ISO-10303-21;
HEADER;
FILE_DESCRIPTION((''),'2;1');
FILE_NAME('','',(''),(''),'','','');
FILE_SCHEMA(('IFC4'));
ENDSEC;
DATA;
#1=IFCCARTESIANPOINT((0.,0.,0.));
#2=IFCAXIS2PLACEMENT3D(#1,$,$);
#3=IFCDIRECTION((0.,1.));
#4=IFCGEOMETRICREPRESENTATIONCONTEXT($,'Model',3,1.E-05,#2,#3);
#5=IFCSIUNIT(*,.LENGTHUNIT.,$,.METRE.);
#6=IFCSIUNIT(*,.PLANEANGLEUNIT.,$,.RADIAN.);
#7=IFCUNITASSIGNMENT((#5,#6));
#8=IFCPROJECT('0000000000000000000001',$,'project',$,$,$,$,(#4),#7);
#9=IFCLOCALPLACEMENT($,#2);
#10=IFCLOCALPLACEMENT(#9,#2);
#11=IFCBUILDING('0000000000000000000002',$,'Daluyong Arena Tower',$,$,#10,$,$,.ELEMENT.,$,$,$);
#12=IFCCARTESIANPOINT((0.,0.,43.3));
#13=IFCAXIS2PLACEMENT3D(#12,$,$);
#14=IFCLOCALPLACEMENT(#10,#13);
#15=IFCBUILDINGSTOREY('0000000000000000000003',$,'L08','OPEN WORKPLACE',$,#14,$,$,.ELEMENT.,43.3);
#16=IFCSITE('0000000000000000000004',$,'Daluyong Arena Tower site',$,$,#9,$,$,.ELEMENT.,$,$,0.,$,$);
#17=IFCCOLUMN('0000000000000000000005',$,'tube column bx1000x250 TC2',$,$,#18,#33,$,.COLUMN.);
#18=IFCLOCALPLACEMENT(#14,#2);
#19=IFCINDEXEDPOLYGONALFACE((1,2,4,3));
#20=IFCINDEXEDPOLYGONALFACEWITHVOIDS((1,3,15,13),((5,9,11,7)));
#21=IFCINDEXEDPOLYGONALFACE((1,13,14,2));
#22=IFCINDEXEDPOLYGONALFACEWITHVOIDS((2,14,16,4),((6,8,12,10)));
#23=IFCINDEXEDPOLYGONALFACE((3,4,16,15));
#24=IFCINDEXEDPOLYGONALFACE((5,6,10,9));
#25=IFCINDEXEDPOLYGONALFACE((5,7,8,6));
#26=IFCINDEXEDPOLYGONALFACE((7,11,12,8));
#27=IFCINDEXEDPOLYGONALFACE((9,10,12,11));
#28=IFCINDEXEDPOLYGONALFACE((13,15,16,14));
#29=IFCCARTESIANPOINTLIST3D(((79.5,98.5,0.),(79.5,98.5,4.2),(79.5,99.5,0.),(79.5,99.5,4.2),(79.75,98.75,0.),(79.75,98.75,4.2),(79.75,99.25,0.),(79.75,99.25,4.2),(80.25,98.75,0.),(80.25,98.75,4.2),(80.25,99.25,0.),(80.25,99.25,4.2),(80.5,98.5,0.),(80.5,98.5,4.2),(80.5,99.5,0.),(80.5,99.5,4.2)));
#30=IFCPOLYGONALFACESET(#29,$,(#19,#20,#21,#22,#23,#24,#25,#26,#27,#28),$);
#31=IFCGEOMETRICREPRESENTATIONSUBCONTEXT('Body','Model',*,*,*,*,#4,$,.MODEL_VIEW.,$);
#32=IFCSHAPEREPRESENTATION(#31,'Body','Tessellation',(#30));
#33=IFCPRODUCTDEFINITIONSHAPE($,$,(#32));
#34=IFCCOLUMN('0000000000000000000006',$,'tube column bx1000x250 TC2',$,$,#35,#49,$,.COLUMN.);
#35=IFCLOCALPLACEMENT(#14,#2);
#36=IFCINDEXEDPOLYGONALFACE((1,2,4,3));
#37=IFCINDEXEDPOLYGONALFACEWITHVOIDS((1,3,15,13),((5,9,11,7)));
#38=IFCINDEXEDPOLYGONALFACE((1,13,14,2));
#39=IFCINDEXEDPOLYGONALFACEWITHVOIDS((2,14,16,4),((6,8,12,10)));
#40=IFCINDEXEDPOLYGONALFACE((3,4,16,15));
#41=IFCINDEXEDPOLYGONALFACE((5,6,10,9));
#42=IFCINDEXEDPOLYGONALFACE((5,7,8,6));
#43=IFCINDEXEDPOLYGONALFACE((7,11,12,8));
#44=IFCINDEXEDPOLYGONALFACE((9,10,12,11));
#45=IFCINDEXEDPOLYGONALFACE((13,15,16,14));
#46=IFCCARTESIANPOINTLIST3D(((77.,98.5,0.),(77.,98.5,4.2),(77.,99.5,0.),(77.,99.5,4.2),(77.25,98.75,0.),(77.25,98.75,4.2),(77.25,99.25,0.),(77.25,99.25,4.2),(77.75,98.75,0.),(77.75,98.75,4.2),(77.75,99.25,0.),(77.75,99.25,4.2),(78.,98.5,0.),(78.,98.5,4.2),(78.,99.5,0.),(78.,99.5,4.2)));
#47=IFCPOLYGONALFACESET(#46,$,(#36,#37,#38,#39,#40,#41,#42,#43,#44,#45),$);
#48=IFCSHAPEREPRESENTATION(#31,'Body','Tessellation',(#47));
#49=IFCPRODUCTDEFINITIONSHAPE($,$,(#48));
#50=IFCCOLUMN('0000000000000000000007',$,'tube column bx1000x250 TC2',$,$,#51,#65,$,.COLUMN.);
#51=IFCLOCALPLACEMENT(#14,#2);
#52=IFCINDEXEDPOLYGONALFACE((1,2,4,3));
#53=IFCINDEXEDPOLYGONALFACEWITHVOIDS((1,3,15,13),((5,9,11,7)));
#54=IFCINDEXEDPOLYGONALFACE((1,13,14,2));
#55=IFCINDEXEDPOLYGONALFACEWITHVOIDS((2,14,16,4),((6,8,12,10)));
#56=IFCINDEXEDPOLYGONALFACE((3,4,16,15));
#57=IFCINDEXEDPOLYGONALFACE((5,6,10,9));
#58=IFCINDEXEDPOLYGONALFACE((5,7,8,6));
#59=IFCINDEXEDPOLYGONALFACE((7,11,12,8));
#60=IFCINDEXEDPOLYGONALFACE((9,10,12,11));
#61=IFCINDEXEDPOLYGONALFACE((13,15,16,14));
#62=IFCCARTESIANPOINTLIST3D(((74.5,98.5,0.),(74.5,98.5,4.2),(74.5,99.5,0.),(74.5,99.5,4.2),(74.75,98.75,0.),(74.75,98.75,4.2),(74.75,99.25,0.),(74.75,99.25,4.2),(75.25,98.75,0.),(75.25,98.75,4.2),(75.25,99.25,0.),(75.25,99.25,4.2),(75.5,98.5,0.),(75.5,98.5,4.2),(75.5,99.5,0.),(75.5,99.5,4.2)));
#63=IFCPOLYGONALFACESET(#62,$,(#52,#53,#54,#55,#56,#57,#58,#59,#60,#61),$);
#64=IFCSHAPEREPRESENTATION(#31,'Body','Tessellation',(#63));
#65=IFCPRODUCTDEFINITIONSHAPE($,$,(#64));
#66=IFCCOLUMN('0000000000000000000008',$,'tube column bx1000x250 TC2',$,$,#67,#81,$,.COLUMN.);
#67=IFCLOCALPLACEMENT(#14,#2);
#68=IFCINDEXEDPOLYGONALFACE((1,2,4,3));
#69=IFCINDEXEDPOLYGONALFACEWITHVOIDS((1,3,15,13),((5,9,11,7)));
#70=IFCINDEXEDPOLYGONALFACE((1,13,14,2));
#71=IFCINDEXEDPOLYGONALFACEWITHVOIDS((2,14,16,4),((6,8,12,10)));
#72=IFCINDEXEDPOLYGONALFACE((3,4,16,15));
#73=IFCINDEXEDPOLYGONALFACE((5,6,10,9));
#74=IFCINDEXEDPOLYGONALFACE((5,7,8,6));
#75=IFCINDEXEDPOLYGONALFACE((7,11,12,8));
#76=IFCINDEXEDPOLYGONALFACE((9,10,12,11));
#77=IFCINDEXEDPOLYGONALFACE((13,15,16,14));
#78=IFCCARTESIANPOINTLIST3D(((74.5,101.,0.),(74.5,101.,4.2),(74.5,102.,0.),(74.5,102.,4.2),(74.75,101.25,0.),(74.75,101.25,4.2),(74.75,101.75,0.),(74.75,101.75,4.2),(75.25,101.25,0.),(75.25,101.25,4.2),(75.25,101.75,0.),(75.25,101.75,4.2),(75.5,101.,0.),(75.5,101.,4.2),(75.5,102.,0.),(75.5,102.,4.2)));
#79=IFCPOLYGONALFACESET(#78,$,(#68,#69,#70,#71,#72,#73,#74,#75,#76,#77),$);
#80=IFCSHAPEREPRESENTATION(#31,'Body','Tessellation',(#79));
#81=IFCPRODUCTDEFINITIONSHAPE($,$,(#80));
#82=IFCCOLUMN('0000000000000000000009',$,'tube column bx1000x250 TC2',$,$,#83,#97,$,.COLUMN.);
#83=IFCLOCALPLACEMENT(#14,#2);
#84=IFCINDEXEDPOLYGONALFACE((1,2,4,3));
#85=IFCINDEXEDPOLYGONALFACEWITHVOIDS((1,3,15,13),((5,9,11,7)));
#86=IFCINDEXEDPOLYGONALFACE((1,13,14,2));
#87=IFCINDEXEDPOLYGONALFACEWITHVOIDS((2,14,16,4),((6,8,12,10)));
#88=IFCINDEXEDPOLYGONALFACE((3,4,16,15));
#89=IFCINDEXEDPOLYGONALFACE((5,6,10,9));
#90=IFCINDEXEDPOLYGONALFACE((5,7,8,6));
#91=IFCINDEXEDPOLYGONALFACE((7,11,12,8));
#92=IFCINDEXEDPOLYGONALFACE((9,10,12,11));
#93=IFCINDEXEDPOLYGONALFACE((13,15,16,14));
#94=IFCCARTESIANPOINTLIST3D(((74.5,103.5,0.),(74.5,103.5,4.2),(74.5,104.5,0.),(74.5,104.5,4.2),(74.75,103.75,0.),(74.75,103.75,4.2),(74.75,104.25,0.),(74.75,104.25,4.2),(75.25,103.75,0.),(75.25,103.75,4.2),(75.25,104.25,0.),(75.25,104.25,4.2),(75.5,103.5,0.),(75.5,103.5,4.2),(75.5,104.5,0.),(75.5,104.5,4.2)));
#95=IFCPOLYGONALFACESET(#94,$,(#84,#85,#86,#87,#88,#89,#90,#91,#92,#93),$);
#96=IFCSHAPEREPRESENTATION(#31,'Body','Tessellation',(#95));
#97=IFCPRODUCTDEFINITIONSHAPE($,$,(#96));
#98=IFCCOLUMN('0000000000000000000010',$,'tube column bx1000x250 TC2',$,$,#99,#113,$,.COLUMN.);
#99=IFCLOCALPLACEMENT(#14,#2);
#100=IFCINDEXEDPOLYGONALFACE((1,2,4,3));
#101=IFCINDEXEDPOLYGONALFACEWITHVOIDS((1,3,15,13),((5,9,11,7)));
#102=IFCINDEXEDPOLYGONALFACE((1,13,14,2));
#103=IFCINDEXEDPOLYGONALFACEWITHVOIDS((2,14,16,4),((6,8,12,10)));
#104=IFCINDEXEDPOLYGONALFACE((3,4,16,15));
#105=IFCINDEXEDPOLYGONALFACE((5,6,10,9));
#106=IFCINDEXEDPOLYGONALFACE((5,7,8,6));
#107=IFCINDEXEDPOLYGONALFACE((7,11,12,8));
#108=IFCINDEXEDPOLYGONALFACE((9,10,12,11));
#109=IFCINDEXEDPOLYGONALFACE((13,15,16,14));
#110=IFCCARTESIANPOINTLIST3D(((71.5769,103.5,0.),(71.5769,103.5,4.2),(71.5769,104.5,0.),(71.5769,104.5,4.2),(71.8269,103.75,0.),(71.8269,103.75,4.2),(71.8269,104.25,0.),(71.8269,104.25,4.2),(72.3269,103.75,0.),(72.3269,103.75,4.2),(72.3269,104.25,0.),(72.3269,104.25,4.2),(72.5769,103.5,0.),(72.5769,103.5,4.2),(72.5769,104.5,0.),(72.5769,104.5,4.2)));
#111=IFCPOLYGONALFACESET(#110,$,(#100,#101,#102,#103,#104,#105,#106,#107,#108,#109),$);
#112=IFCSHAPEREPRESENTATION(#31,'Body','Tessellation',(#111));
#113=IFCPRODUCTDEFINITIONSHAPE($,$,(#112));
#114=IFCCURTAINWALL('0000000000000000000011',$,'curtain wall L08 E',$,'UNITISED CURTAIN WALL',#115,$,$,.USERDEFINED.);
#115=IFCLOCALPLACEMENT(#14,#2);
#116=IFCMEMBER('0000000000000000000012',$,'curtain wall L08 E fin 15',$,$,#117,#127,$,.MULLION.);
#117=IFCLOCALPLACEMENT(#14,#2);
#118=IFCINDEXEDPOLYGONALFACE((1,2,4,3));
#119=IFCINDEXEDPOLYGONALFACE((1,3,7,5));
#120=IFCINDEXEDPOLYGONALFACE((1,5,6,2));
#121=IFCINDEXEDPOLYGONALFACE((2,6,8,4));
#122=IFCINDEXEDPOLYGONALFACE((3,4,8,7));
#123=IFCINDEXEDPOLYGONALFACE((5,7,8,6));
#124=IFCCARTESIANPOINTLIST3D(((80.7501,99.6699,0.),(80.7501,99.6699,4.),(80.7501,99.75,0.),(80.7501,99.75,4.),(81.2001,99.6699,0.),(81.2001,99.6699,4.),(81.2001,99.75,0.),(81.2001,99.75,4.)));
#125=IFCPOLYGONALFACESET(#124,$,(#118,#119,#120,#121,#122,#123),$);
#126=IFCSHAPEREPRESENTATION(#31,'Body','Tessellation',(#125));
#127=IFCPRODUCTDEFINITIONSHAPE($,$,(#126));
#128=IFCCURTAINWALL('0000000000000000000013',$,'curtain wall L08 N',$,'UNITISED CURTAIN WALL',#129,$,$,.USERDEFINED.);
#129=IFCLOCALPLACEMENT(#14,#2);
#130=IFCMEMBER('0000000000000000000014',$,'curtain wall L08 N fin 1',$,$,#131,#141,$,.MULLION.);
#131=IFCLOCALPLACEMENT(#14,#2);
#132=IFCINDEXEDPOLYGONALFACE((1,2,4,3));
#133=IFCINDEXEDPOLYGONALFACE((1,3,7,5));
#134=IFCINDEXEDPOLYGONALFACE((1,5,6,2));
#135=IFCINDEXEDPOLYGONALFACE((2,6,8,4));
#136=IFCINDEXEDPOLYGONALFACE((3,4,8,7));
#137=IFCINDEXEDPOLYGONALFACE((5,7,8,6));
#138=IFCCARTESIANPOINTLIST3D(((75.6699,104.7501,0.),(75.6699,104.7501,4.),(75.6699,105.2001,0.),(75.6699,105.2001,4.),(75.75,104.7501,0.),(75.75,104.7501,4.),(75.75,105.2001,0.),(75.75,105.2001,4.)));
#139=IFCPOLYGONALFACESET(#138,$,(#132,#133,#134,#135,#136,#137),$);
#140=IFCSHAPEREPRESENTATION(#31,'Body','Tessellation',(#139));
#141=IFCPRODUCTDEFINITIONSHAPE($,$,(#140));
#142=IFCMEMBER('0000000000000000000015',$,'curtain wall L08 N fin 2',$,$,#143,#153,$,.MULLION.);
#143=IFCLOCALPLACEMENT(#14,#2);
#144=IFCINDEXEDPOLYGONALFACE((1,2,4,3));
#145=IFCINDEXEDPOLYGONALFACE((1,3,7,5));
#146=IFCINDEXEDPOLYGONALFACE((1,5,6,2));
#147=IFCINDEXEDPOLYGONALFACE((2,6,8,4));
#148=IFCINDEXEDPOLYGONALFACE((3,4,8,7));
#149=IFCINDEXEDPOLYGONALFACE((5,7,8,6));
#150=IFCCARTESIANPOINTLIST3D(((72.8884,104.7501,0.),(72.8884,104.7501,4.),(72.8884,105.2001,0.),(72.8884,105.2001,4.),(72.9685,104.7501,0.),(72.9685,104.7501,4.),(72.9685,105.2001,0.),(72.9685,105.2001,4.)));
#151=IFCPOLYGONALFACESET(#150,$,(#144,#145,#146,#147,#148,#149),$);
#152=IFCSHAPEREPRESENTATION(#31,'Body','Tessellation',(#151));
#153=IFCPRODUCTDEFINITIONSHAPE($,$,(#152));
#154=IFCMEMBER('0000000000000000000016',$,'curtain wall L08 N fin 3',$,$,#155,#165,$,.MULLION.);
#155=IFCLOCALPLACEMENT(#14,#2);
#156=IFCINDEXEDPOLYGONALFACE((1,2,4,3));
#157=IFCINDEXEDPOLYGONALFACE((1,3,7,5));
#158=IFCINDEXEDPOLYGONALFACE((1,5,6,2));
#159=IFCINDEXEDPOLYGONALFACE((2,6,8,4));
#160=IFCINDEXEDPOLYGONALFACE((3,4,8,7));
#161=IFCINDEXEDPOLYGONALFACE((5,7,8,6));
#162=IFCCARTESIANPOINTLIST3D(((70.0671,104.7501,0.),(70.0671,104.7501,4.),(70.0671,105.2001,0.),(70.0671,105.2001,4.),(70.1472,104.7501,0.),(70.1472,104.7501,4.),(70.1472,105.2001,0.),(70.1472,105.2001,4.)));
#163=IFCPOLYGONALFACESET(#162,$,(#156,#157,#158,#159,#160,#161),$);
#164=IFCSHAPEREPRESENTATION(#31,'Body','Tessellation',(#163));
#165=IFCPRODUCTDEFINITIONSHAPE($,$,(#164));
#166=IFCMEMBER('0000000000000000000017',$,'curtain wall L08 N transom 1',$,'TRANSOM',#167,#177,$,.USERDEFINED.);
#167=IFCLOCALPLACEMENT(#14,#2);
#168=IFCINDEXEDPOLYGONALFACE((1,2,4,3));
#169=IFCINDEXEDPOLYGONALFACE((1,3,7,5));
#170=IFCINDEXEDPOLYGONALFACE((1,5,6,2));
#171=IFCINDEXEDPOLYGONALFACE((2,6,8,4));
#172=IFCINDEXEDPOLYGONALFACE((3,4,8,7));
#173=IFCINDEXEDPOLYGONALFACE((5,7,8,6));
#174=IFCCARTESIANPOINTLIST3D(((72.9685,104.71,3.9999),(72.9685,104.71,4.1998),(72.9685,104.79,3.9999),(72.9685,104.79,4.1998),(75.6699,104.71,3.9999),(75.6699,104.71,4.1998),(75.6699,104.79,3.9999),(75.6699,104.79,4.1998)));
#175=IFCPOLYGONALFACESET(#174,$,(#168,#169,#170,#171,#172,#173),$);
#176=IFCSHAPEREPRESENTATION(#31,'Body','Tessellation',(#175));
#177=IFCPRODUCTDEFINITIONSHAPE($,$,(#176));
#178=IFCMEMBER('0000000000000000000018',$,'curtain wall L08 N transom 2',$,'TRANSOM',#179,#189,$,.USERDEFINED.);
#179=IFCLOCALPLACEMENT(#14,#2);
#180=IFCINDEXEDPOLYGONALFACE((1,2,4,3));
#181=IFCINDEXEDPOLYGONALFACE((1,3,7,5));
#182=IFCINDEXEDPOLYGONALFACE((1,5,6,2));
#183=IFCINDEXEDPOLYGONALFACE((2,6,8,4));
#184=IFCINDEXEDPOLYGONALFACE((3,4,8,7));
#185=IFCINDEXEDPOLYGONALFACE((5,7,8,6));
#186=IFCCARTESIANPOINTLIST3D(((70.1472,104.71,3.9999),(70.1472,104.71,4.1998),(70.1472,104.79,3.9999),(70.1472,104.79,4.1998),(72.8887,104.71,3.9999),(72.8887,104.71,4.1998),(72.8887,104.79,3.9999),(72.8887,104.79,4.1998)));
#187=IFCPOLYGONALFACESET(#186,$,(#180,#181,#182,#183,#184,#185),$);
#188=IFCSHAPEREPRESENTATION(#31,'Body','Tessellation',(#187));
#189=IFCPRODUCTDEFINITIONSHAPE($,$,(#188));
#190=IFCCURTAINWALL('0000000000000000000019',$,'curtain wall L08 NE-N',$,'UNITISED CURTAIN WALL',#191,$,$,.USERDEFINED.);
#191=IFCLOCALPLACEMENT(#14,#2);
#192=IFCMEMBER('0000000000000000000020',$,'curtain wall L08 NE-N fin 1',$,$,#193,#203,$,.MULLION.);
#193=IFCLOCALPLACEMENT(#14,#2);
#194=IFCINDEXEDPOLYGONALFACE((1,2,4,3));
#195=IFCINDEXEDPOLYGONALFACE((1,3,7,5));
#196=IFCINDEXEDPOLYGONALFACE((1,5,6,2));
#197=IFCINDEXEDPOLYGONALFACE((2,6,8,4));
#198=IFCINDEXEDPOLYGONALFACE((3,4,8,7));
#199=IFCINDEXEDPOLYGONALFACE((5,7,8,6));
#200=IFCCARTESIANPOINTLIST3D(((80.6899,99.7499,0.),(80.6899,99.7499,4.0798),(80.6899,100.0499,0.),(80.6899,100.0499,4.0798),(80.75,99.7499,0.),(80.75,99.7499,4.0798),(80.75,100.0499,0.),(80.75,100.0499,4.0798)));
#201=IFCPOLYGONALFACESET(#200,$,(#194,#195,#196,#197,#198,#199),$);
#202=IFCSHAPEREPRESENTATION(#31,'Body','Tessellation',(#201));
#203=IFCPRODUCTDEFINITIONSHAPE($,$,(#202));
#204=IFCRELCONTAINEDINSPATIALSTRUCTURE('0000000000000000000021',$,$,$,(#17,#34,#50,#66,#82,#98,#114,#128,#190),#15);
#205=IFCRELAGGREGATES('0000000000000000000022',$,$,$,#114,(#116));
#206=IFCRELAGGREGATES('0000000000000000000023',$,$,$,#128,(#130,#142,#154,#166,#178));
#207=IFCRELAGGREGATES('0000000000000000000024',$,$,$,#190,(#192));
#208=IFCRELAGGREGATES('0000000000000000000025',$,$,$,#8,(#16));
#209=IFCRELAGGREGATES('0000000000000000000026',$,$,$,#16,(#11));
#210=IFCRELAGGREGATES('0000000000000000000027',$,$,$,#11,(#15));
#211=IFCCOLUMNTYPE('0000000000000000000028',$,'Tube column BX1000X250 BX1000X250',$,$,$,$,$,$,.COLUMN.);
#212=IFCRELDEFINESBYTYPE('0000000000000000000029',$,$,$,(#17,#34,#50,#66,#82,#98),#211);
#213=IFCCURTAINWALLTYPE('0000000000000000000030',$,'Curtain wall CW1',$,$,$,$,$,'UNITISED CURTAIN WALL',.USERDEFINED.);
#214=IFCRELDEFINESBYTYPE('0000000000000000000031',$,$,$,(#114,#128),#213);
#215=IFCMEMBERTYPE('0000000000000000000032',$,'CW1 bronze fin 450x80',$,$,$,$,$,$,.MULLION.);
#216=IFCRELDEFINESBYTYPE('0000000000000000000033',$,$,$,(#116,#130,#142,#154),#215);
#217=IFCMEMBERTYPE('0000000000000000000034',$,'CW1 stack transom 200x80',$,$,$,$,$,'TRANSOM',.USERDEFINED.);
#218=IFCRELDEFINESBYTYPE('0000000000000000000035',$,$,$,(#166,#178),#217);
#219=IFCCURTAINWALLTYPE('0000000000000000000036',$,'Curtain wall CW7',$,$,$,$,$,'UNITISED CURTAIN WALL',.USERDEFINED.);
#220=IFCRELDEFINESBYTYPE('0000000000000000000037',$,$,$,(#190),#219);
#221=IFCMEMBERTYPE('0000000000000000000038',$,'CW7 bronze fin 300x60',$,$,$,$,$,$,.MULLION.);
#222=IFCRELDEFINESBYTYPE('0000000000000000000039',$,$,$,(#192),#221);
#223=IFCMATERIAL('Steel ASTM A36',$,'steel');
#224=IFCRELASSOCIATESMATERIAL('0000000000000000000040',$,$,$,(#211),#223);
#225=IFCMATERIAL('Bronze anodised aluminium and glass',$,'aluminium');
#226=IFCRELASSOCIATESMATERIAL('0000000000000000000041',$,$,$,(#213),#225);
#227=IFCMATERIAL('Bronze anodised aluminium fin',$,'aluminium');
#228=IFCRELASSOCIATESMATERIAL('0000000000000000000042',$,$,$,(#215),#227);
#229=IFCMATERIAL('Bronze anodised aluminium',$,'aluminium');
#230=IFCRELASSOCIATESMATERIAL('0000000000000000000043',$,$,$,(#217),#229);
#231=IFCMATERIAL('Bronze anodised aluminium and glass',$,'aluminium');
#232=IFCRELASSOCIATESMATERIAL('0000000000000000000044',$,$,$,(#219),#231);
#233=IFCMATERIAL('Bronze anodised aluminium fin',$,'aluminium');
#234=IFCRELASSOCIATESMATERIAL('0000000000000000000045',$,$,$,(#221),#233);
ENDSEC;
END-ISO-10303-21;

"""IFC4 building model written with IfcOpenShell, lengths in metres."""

from ifc_helpers import new_model, si_unit, direction, frame, origin, origin_2d, place, context, subcontext, project, spatial, rectangle, hollow_rectangle, extrude, material, material_profile, profile_set, type_object, element, aggregate, save


model = new_model("IFC4")

# Units and contexts
model_context = context("Model", 3, precision=1e-05, world=origin(), true_north=direction((0.0, 1.0)))
body_context = subcontext(model_context, "Body", "Model", "MODEL_VIEW")
ifc_project = project(units=[si_unit("LENGTHUNIT", "METRE"), si_unit("PLANEANGLEUNIT", "RADIAN")], contexts=[model_context])

# Site, building, storey
site_placement = place(None, origin())
site = spatial("IfcSite", under=ifc_project, at=site_placement, Name="Daluyong Arena Tower site", CompositionType="ELEMENT", RefElevation=0.0)
building_placement = place(site_placement, origin())
building = spatial("IfcBuilding", under=site, at=building_placement, Name="Daluyong Arena Tower", CompositionType="ELEMENT")
storey_placement = place(building_placement, frame((0.0, 0.0, 43.3)))
storey = spatial("IfcBuildingStorey", under=building, at=storey_placement, Name="L08", Description="OPEN WORKPLACE", CompositionType="ELEMENT", Elevation=43.3)

# Columns
ifc_material_1 = material(Name="Steel ASTM A36", Category="steel")
ifc_material_profile_1 = material_profile(ifc_material_1, hollow_rectangle(XDim=1.0, YDim=1.0, WallThickness=0.25, at=origin_2d()))
ifc_profile_set_1 = profile_set([ifc_material_profile_1], Name="Steel ASTM A36")
column_type = type_object("IfcColumnType", Name="Tube column BX1000X250 BX1000X250", PredefinedType="COLUMN", material=ifc_profile_set_1)
for number, where, z_axis, x_axis, name in (
    (1, (80.0, 99.0, 0.0), (0.0, 0.0, 1.0), (1.0, 0.0, 0.0), "tube column bx1000x250 TC2"),
    (2, (77.5, 99.0, 0.0), (0.0, 0.0, 1.0), (1.0, 0.0, 0.0), "tube column bx1000x250 TC2"),
    (3, (75.0, 99.0, 0.0), (0.0, 0.0, 1.0), (0.0, 1.0, 0.0), "tube column bx1000x250 TC2"),
    (4, (75.0, 101.5, 0.0), (0.0, 0.0, 1.0), (0.0, 1.0, 0.0), "tube column bx1000x250 TC2"),
    (5, (75.0, 104.0, 0.0), (0.0, 0.0, 1.0), (1.0, 0.0, 0.0), "tube column bx1000x250 TC2"),
    (6, (72.0769, 104.0, 0.0), (0.0, 0.0, 1.0), (1.0, 0.0, 0.0), "tube column bx1000x250 TC2"),
):
    element("IfcColumn", number, at=place(storey_placement, frame(where, z_axis=z_axis, x_axis=x_axis)), inside=storey, type_object=column_type, Name=name, PredefinedType="COLUMN", context=body_context, shape_type="SweptSolid", body=[
        extrude(hollow_rectangle(XDim=1.0, YDim=1.0, WallThickness=0.25, at=origin_2d()), origin(), (0.0, 0.0, 1.0), 4.2),
    ])

# Curtain wall, member
ifc_material_2 = material(Name="Bronze anodised aluminium and glass", Category="aluminium")
curtain_wall_type_1 = type_object("IfcCurtainWallType", Name="Curtain wall CW1", ElementType="UNITISED CURTAIN WALL", PredefinedType="USERDEFINED", material=ifc_material_2)
curtain_wall_1_placement = place(storey_placement, origin())
curtain_wall_1 = element("IfcCurtainWall", 7, at=curtain_wall_1_placement, inside=storey, type_object=curtain_wall_type_1, Name="curtain wall L08 E", ObjectType="UNITISED CURTAIN WALL", PredefinedType="USERDEFINED")
ifc_material_3 = material(Name="Bronze anodised aluminium fin", Category="aluminium")
ifc_material_profile_2 = material_profile(ifc_material_3, rectangle(XDim=0.45, YDim=0.0801, at=origin_2d()))
ifc_profile_set_2 = profile_set([ifc_material_profile_2], Name="Bronze anodised aluminium fin")
member_type_1 = type_object("IfcMemberType", Name="CW1 bronze fin 450x80", PredefinedType="MULLION", material=ifc_profile_set_2)
member_1_placement = place(storey_placement, frame((80.9751, 99.71, 0.0), z_axis=(0.0, 0.0, 1.0), x_axis=(-1.0, 0.0, 0.0)))
member_1 = element("IfcMember", 8, at=member_1_placement, type_object=member_type_1, Name="curtain wall L08 E fin 15", PredefinedType="MULLION", context=body_context, shape_type="SweptSolid", body=[
    extrude(rectangle(XDim=0.45, YDim=0.0801, at=origin_2d()), origin(), (0.0, 0.0, 1.0), 4.0),
])
aggregate(curtain_wall_1, [member_1])

# Curtain walls, members
curtain_wall_2_placement = place(storey_placement, origin())
curtain_wall_2 = element("IfcCurtainWall", 9, at=curtain_wall_2_placement, inside=storey, type_object=curtain_wall_type_1, Name="curtain wall L08 N", ObjectType="UNITISED CURTAIN WALL", PredefinedType="USERDEFINED")
member_2_placement = place(storey_placement, frame((75.71, 104.9751, 0.0), z_axis=(0.0, 0.0, 1.0), x_axis=(0.0, -1.0, 0.0)))
member_2 = element("IfcMember", 10, at=member_2_placement, type_object=member_type_1, Name="curtain wall L08 N fin 1", PredefinedType="MULLION", context=body_context, shape_type="SweptSolid", body=[
    extrude(rectangle(XDim=0.45, YDim=0.0801, at=origin_2d()), origin(), (0.0, 0.0, 1.0), 4.0),
])
member_3_placement = place(storey_placement, frame((72.9285, 104.9751, 0.0), z_axis=(0.0, 0.0, 1.0), x_axis=(0.0, -1.0, 0.0)))
member_3 = element("IfcMember", 11, at=member_3_placement, type_object=member_type_1, Name="curtain wall L08 N fin 2", PredefinedType="MULLION", context=body_context, shape_type="SweptSolid", body=[
    extrude(rectangle(XDim=0.45, YDim=0.0801, at=origin_2d()), origin(), (0.0, 0.0, 1.0), 4.0),
])
member_4_placement = place(storey_placement, frame((70.1072, 104.9751, 0.0), z_axis=(0.0, 0.0, 1.0), x_axis=(0.0, -1.0, 0.0)))
member_4 = element("IfcMember", 12, at=member_4_placement, type_object=member_type_1, Name="curtain wall L08 N fin 3", PredefinedType="MULLION", context=body_context, shape_type="SweptSolid", body=[
    extrude(rectangle(XDim=0.45, YDim=0.0801, at=origin_2d()), origin(), (0.0, 0.0, 1.0), 4.0),
])
ifc_material_4 = material(Name="Bronze anodised aluminium", Category="aluminium")
ifc_material_profile_3 = material_profile(ifc_material_4, rectangle(XDim=0.0801, YDim=0.2, at=origin_2d()))
ifc_profile_set_3 = profile_set([ifc_material_profile_3], Name="Bronze anodised aluminium")
member_type_2 = type_object("IfcMemberType", Name="CW1 stack transom 200x80", ElementType="TRANSOM", PredefinedType="USERDEFINED", material=ifc_profile_set_3)
member_5_placement = place(storey_placement, frame((75.6699, 104.75, 4.0999), z_axis=(-1.0, 0.0, 0.0), x_axis=(0.0, -1.0, 0.0)))
member_5 = element("IfcMember", 13, at=member_5_placement, type_object=member_type_2, Name="curtain wall L08 N transom 1", ObjectType="TRANSOM", PredefinedType="USERDEFINED", context=body_context, shape_type="SweptSolid", body=[
    extrude(rectangle(XDim=0.0801, YDim=0.2, at=origin_2d()), origin(), (0.0, 0.0, 1.0), 2.7014),
])
member_6_placement = place(storey_placement, frame((72.8887, 104.75, 4.0999), z_axis=(-1.0, 0.0, 0.0), x_axis=(0.0, -1.0, 0.0)))
member_6 = element("IfcMember", 14, at=member_6_placement, type_object=member_type_2, Name="curtain wall L08 N transom 2", ObjectType="TRANSOM", PredefinedType="USERDEFINED", context=body_context, shape_type="SweptSolid", body=[
    extrude(rectangle(XDim=0.0801, YDim=0.2, at=origin_2d()), origin(), (0.0, 0.0, 1.0), 2.7415),
])
ifc_material_5 = material(Name="Bronze anodised aluminium and glass", Category="aluminium")
curtain_wall_type_2 = type_object("IfcCurtainWallType", Name="Curtain wall CW7", ElementType="UNITISED CURTAIN WALL", PredefinedType="USERDEFINED", material=ifc_material_5)
curtain_wall_3_placement = place(storey_placement, origin())
curtain_wall_3 = element("IfcCurtainWall", 15, at=curtain_wall_3_placement, inside=storey, type_object=curtain_wall_type_2, Name="curtain wall L08 NE-N", ObjectType="UNITISED CURTAIN WALL", PredefinedType="USERDEFINED")
ifc_material_6 = material(Name="Bronze anodised aluminium fin", Category="aluminium")
ifc_material_profile_4 = material_profile(ifc_material_6, rectangle(XDim=0.3, YDim=0.0601, at=origin_2d()))
ifc_profile_set_4 = profile_set([ifc_material_profile_4], Name="Bronze anodised aluminium fin")
member_type_3 = type_object("IfcMemberType", Name="CW7 bronze fin 300x60", PredefinedType="MULLION", material=ifc_profile_set_4)
member_7_placement = place(storey_placement, frame((80.72, 99.8999, 0.0), z_axis=(0.0, 0.0, 1.0), x_axis=(0.0, -1.0, 0.0)))
member_7 = element("IfcMember", 16, at=member_7_placement, type_object=member_type_3, Name="curtain wall L08 NE-N fin 1", PredefinedType="MULLION", context=body_context, shape_type="SweptSolid", body=[
    extrude(rectangle(XDim=0.3, YDim=0.0601, at=origin_2d()), origin(), (0.0, 0.0, 1.0), 4.0798),
])

aggregate(curtain_wall_2, [member_2, member_3, member_4, member_5, member_6])
aggregate(curtain_wall_3, [member_7])

save(model, "model.ifc")
